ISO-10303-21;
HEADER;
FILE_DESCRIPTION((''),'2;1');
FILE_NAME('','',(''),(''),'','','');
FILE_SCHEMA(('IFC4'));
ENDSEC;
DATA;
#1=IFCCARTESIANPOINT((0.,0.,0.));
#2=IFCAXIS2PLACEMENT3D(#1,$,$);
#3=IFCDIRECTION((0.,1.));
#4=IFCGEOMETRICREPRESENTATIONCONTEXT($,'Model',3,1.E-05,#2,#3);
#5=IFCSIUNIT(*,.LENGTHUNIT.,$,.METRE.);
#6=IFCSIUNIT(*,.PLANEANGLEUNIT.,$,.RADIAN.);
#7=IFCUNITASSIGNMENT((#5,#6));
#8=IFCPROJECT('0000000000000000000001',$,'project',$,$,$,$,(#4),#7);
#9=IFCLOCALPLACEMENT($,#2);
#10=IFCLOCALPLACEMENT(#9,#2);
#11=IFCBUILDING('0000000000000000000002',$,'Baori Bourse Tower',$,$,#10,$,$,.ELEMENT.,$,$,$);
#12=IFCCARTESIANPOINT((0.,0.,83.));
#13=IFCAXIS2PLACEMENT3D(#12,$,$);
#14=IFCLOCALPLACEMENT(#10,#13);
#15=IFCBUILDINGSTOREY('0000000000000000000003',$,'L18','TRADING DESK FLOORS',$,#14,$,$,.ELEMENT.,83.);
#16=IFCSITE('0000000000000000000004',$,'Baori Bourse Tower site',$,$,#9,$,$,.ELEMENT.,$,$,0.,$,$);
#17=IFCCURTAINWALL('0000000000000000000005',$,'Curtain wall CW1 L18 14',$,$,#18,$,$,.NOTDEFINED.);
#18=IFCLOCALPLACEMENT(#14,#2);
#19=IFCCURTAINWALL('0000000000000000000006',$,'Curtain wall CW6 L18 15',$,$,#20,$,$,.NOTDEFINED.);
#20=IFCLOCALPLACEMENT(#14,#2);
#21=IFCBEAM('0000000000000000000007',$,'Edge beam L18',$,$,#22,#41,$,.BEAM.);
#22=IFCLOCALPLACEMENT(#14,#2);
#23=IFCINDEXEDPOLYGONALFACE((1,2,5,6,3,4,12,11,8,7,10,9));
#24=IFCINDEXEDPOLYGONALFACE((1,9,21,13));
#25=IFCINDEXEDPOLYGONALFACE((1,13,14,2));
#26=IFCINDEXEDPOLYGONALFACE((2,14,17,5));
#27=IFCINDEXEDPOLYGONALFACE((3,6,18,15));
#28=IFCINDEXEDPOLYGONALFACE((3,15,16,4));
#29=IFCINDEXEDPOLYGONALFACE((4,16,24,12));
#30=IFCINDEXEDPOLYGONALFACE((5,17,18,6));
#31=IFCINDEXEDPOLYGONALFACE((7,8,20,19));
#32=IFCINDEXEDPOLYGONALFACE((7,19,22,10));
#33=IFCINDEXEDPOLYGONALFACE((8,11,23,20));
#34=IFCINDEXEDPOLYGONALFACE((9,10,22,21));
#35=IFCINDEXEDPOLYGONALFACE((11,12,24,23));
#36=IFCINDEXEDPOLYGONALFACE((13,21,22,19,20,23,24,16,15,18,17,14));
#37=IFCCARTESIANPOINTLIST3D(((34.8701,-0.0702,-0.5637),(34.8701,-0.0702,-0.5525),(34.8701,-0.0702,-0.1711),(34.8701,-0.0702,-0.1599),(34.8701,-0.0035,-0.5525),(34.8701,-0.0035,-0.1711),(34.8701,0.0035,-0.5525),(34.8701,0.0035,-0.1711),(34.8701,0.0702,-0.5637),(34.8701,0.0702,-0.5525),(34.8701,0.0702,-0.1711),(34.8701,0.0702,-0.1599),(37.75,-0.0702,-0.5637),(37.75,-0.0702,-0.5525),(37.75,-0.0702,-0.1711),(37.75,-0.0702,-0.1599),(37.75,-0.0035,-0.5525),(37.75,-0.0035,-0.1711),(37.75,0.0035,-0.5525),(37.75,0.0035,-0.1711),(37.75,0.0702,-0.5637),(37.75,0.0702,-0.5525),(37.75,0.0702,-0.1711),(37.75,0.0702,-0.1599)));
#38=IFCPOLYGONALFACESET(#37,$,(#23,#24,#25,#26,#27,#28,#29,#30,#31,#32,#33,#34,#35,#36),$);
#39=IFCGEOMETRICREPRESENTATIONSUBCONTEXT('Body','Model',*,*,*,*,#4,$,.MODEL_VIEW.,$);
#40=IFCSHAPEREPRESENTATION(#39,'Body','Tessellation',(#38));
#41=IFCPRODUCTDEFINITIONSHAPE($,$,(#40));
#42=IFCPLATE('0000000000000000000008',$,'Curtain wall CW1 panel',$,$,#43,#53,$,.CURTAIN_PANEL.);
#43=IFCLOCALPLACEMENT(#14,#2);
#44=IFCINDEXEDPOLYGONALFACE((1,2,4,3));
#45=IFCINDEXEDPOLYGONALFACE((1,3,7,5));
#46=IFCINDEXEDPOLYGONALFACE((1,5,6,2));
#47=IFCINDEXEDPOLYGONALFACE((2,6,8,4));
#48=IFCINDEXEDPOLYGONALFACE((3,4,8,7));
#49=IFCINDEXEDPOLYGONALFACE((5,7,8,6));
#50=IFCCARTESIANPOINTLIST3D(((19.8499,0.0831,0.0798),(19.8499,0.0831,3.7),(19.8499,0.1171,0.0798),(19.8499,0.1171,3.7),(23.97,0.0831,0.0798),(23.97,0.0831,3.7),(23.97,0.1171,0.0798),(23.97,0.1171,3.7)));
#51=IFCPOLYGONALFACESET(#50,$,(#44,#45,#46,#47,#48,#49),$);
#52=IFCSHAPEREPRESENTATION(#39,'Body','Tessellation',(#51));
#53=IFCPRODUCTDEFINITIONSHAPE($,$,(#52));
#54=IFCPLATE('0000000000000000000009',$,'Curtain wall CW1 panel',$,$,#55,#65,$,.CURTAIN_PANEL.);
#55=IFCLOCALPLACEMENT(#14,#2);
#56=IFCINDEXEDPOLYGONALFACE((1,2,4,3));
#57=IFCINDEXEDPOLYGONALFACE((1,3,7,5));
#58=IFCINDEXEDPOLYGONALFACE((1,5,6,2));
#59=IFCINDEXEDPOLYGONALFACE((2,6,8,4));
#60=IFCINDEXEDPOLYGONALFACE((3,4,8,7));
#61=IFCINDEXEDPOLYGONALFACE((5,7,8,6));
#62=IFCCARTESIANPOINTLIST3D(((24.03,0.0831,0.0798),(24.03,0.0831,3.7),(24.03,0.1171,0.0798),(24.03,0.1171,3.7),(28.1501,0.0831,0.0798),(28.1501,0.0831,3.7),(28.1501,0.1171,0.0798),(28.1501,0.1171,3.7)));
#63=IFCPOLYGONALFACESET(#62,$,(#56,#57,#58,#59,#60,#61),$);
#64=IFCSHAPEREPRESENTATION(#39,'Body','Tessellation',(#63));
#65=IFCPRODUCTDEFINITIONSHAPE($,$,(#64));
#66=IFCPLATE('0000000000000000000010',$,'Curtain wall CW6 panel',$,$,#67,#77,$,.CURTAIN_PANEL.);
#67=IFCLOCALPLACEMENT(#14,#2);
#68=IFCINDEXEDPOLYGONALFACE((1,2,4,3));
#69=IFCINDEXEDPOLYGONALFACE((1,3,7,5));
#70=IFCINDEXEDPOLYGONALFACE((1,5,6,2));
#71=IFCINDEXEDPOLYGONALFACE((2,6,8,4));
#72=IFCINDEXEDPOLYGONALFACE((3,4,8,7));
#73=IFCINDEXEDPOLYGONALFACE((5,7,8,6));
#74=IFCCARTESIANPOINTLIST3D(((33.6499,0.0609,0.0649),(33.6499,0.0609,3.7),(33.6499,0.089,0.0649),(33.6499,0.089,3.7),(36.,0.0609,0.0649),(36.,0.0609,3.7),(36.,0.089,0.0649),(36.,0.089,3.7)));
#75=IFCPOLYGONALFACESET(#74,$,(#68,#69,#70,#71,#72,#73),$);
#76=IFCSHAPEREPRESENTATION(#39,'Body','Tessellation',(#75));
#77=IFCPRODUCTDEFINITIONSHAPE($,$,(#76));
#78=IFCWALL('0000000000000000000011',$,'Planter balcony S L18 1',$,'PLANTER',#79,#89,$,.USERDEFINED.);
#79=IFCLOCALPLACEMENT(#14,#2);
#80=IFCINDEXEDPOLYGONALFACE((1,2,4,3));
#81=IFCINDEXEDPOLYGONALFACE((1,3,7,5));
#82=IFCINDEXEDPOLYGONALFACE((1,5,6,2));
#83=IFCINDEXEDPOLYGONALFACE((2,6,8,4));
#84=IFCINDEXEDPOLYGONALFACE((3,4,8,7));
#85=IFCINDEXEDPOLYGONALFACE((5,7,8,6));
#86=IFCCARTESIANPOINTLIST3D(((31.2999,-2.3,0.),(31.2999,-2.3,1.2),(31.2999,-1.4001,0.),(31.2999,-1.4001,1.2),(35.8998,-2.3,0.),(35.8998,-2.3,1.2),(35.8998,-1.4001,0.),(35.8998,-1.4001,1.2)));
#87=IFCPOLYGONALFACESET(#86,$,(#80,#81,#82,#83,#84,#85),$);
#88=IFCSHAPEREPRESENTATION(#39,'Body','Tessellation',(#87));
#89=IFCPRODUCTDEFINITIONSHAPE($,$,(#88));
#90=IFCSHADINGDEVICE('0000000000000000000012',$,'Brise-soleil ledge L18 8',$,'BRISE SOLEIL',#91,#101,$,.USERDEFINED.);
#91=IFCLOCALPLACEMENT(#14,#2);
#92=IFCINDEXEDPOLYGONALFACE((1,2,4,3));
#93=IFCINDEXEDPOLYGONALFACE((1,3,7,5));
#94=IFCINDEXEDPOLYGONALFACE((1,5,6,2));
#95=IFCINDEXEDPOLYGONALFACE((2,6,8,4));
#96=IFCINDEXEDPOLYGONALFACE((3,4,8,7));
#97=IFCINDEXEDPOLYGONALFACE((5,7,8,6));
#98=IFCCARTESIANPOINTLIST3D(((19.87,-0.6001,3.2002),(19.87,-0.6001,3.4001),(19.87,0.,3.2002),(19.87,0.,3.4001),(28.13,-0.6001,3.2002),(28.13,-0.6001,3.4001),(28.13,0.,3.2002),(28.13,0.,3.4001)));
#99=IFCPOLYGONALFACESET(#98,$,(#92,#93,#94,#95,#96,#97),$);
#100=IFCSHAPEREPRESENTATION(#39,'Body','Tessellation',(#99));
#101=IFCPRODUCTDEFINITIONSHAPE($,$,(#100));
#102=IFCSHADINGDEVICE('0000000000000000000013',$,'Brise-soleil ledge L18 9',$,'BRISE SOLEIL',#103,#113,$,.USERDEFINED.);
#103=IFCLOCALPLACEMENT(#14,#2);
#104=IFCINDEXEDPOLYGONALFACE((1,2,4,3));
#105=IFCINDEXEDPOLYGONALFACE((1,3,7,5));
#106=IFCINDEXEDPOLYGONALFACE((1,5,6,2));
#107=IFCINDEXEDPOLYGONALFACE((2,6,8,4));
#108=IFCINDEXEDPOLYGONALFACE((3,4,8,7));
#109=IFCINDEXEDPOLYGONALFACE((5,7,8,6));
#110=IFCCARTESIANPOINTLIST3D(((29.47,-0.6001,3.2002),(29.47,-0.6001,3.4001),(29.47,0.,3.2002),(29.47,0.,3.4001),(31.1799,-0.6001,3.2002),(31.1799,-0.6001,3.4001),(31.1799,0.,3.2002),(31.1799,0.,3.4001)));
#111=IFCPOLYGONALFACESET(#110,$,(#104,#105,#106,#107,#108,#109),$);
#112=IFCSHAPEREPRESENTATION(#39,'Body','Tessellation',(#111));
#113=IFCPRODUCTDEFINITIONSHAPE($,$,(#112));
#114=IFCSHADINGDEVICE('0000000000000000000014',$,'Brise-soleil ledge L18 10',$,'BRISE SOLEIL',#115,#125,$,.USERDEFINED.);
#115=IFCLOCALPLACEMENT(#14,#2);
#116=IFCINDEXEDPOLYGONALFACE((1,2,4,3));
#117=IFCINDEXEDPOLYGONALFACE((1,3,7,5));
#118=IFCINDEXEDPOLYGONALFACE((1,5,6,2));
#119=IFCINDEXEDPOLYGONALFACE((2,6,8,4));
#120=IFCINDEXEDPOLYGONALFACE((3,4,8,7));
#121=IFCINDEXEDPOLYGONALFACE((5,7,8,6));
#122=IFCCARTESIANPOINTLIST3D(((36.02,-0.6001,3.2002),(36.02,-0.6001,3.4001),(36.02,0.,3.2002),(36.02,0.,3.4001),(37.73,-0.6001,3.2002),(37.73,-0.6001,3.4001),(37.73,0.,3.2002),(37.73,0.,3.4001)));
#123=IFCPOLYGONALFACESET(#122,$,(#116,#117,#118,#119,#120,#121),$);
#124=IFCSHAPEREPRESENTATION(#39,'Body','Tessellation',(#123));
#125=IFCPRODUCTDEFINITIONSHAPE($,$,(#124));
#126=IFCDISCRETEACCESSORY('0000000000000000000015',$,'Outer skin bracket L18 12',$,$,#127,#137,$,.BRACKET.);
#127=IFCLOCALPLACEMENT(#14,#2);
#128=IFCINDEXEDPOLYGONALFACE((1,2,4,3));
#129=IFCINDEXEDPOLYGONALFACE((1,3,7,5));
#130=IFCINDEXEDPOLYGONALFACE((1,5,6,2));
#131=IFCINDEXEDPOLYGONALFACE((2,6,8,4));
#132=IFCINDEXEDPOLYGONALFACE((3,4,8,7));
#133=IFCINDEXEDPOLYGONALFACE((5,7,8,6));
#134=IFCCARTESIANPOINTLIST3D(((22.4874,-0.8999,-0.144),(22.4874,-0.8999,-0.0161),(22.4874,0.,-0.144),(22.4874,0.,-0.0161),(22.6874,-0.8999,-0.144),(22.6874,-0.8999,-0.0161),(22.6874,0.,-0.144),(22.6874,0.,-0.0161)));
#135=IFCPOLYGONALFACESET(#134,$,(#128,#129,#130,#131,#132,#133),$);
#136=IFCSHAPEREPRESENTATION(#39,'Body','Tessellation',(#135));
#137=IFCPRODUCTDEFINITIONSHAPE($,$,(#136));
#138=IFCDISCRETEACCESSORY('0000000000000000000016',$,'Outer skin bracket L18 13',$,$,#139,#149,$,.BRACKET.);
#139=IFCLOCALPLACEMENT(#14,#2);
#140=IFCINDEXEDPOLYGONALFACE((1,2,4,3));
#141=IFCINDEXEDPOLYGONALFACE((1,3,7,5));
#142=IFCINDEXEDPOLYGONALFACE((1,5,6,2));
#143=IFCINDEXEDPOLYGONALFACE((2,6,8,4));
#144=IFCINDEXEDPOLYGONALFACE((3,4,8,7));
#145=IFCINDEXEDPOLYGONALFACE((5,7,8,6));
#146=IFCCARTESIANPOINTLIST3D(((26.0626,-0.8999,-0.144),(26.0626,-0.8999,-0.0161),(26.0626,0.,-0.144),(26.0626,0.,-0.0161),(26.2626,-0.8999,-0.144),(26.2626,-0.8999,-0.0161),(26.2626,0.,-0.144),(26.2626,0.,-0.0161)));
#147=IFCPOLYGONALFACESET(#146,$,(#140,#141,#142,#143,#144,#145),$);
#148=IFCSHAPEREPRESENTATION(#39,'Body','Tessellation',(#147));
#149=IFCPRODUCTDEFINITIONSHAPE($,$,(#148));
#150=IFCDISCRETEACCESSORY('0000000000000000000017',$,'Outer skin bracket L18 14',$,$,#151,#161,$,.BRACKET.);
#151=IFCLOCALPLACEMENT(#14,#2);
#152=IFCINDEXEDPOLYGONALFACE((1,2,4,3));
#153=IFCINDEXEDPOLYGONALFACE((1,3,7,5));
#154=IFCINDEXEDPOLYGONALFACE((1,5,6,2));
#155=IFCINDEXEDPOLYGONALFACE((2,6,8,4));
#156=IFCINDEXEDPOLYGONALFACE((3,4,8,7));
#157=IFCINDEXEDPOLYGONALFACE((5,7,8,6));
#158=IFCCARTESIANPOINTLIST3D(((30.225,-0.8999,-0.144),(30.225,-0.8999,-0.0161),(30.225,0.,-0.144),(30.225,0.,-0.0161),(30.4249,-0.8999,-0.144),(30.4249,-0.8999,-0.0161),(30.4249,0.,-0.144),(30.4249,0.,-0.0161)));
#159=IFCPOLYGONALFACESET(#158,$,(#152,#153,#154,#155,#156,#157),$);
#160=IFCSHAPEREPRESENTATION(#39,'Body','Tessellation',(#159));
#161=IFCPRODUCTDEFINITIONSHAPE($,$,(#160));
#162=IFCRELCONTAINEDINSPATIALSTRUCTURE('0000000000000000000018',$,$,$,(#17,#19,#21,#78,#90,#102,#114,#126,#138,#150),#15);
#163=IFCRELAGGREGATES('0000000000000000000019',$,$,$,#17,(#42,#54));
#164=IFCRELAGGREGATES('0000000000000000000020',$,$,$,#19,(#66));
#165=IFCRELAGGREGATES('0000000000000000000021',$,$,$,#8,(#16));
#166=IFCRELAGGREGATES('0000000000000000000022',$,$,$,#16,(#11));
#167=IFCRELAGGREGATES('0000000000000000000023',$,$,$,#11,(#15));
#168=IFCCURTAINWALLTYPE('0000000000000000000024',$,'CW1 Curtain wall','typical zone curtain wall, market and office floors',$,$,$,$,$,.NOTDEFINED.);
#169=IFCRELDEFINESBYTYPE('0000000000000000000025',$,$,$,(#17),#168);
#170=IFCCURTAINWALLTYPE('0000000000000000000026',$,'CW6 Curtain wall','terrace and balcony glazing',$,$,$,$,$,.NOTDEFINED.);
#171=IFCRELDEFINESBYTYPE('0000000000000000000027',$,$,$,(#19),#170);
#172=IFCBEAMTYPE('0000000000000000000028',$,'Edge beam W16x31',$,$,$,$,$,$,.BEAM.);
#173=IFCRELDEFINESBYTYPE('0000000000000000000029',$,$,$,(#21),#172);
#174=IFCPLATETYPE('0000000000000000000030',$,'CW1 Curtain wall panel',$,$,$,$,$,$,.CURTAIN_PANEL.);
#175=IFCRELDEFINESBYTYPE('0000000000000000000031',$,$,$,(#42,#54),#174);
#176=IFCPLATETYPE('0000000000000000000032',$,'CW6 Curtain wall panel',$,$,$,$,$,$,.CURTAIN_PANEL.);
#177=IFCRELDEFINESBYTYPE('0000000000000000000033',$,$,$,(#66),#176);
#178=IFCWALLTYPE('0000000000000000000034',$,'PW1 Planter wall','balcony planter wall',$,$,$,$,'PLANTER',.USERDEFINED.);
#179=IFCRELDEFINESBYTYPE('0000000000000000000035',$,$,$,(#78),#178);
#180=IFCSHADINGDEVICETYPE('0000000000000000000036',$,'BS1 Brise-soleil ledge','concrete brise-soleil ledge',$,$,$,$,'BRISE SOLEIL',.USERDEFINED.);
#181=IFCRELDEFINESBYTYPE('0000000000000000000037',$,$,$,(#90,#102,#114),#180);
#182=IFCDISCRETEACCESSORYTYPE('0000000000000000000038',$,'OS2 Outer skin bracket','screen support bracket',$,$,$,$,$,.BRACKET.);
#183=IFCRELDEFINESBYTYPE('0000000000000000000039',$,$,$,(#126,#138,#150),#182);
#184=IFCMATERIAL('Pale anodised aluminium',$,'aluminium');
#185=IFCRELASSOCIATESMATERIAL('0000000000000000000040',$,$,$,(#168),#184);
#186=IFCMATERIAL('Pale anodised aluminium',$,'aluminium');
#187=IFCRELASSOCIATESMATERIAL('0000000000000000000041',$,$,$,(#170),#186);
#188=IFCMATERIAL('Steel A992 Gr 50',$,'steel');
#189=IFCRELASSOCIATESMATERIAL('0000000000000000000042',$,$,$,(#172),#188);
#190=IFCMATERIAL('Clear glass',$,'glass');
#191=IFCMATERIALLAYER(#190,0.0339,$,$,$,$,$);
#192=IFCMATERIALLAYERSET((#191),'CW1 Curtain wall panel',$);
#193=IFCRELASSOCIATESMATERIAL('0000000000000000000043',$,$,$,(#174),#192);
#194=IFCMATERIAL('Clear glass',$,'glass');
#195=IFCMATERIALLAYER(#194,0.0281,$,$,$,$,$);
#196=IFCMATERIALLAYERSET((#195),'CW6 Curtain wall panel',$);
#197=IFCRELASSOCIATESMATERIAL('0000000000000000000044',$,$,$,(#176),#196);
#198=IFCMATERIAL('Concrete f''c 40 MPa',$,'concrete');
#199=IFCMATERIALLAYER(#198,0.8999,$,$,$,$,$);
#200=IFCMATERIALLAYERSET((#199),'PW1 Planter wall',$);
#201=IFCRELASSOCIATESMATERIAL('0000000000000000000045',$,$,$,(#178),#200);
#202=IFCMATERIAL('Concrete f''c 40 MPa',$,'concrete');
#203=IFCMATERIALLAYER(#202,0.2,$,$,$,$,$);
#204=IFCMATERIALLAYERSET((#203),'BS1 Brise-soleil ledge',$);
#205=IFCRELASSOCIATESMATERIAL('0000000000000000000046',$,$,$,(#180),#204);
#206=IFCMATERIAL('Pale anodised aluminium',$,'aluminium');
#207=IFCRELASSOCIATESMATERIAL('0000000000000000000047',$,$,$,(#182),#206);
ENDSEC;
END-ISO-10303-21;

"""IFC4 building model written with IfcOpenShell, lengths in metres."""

from ifc_helpers import new_model, si_unit, direction, frame, frame_2d, origin, origin_2d, place, context, subcontext, project, spatial, rectangle, i_section, extrude, material, layer, layer_set, material_profile, profile_set, type_object, element, aggregate, save


model = new_model("IFC4")

# Units and contexts
model_context = context("Model", 3, precision=1e-05, world=origin(), true_north=direction((0.0, 1.0)))
body_context = subcontext(model_context, "Body", "Model", "MODEL_VIEW")
ifc_project = project(units=[si_unit("LENGTHUNIT", "METRE"), si_unit("PLANEANGLEUNIT", "RADIAN")], contexts=[model_context])

# Site, building, storey
site_placement = place(None, origin())
site = spatial("IfcSite", under=ifc_project, at=site_placement, Name="Baori Bourse Tower site", CompositionType="ELEMENT", RefElevation=0.0)
building_placement = place(site_placement, origin())
building = spatial("IfcBuilding", under=site, at=building_placement, Name="Baori Bourse Tower", CompositionType="ELEMENT")
storey_placement = place(building_placement, frame((0.0, 0.0, 83.0)))
storey = spatial("IfcBuildingStorey", under=building, at=storey_placement, Name="L18", Description="TRADING DESK FLOORS", CompositionType="ELEMENT", Elevation=83.0)

# Curtain wall
ifc_material_1 = material(Name="Pale anodised aluminium", Category="aluminium")
curtain_wall_type_1 = type_object("IfcCurtainWallType", Name="CW1 Curtain wall", Description="typical zone curtain wall, market and office floors", PredefinedType="NOTDEFINED", material=ifc_material_1)
curtain_wall_1_placement = place(storey_placement, origin())
curtain_wall_1 = element("IfcCurtainWall", 1, at=curtain_wall_1_placement, inside=storey, type_object=curtain_wall_type_1, Name="Curtain wall CW1 L18 14", PredefinedType="NOTDEFINED")

# Curtain wall
ifc_material_2 = material(Name="Pale anodised aluminium", Category="aluminium")
curtain_wall_type_2 = type_object("IfcCurtainWallType", Name="CW6 Curtain wall", Description="terrace and balcony glazing", PredefinedType="NOTDEFINED", material=ifc_material_2)
curtain_wall_2_placement = place(storey_placement, origin())
curtain_wall_2 = element("IfcCurtainWall", 2, at=curtain_wall_2_placement, inside=storey, type_object=curtain_wall_type_2, Name="Curtain wall CW6 L18 15", PredefinedType="NOTDEFINED")

# Beam
ifc_material_3 = material(Name="Steel A992 Gr 50", Category="steel")
ifc_material_profile_1 = material_profile(ifc_material_3, i_section(OverallWidth=0.1404, OverallDepth=0.4038, WebThickness=0.0071, FlangeThickness=0.0112, at=origin_2d()), Name="W16x31")
ifc_profile_set_1 = profile_set([ifc_material_profile_1], Name="Steel A992 Gr 50")
beam_type_1 = type_object("IfcBeamType", Name="Edge beam W16x31", PredefinedType="BEAM", material=ifc_profile_set_1)
beam_1_placement = place(storey_placement, frame((34.8701, 0.0, -0.3618), z_axis=(1.0, 0.0, 0.0), x_axis=(0.0, 1.0, 0.0)))
element("IfcBeam", 3, at=beam_1_placement, inside=storey, type_object=beam_type_1, Name="Edge beam L18", PredefinedType="BEAM", context=body_context, shape_type="SweptSolid", body=[
    extrude(i_section(OverallWidth=0.1404, OverallDepth=0.4038, WebThickness=0.0071, FlangeThickness=0.0112, at=origin_2d()), origin(), (0.0, 0.0, 1.0), 2.8799),
])

# Plates
ifc_material_4 = material(Name="Clear glass", Category="glass")
ifc_layer_1 = layer(ifc_material_4, 0.0339)
ifc_layer_set_1 = layer_set([ifc_layer_1], Name="CW1 Curtain wall panel")
plate_type_1 = type_object("IfcPlateType", Name="CW1 Curtain wall panel", PredefinedType="CURTAIN_PANEL", material=ifc_layer_set_1)
plate_1_placement = place(storey_placement, frame((21.9099, 0.1001, 0.0798), z_axis=(0.0, 0.0, 1.0), x_axis=(1.0, 0.0, 0.0)))
plate_1 = element("IfcPlate", 4, at=plate_1_placement, type_object=plate_type_1, Name="Curtain wall CW1 panel", PredefinedType="CURTAIN_PANEL", context=body_context, shape_type="SweptSolid", body=[
    extrude(rectangle(XDim=4.1201, YDim=0.0339, at=origin_2d()), origin(), (0.0, 0.0, 1.0), 3.6201),
])
plate_2_placement = place(storey_placement, frame((26.0901, 0.1001, 0.0798), z_axis=(0.0, 0.0, 1.0), x_axis=(1.0, 0.0, 0.0)))
plate_2 = element("IfcPlate", 5, at=plate_2_placement, type_object=plate_type_1, Name="Curtain wall CW1 panel", PredefinedType="CURTAIN_PANEL", context=body_context, shape_type="SweptSolid", body=[
    extrude(rectangle(XDim=4.1201, YDim=0.0339, at=origin_2d()), origin(), (0.0, 0.0, 1.0), 3.6201),
])
aggregate(curtain_wall_1, [plate_1, plate_2])
ifc_material_5 = material(Name="Clear glass", Category="glass")
ifc_layer_2 = layer(ifc_material_5, 0.0281)
ifc_layer_set_2 = layer_set([ifc_layer_2], Name="CW6 Curtain wall panel")
plate_type_2 = type_object("IfcPlateType", Name="CW6 Curtain wall panel", PredefinedType="CURTAIN_PANEL", material=ifc_layer_set_2)
plate_3_placement = place(storey_placement, frame((34.825, 0.075, 0.0649), z_axis=(0.0, 0.0, 1.0), x_axis=(1.0, 0.0, 0.0)))
plate_3 = element("IfcPlate", 6, at=plate_3_placement, type_object=plate_type_2, Name="Curtain wall CW6 panel", PredefinedType="CURTAIN_PANEL", context=body_context, shape_type="SweptSolid", body=[
    extrude(rectangle(XDim=2.3501, YDim=0.0281, at=origin_2d()), origin(), (0.0, 0.0, 1.0), 3.635),
])
aggregate(curtain_wall_2, [plate_3])

# Wall
ifc_material_6 = material(Name="Concrete f'c 40 MPa", Category="concrete")
ifc_layer_3 = layer(ifc_material_6, 0.8999)
ifc_layer_set_3 = layer_set([ifc_layer_3], Name="PW1 Planter wall")
wall_type = type_object("IfcWallType", Name="PW1 Planter wall", Description="balcony planter wall", ElementType="PLANTER", PredefinedType="USERDEFINED", material=ifc_layer_set_3)
wall_placement = place(storey_placement, frame((31.3, -1.8501, 0.0), z_axis=(0.0, 0.0, 1.0), x_axis=(1.0, 0.0, 0.0)))
element("IfcWall", 7, at=wall_placement, inside=storey, type_object=wall_type, Name="Planter balcony S L18 1", ObjectType="PLANTER", PredefinedType="USERDEFINED", context=body_context, shape_type="SweptSolid", body=[
    extrude(rectangle(XDim=4.5999, YDim=0.8999, at=frame_2d((2.2998, 0.0))), origin(), (0.0, 0.0, 1.0), 1.2),
])

# Shading devices
ifc_material_7 = material(Name="Concrete f'c 40 MPa", Category="concrete")
ifc_layer_4 = layer(ifc_material_7, 0.2)
ifc_layer_set_4 = layer_set([ifc_layer_4], Name="BS1 Brise-soleil ledge")
shading_device_type = type_object("IfcShadingDeviceType", Name="BS1 Brise-soleil ledge", Description="concrete brise-soleil ledge", ElementType="BRISE SOLEIL", PredefinedType="USERDEFINED", material=ifc_layer_set_4)
shading_device_placement = place(storey_placement, frame((24.0, -0.3, 3.2002), z_axis=(0.0, 0.0, 1.0), x_axis=(1.0, 0.0, 0.0)))
element("IfcShadingDevice", 8, at=shading_device_placement, inside=storey, type_object=shading_device_type, Name="Brise-soleil ledge L18 8", ObjectType="BRISE SOLEIL", PredefinedType="USERDEFINED", context=body_context, shape_type="SweptSolid", body=[
    extrude(rectangle(XDim=8.26, YDim=0.6001, at=origin_2d()), origin(), (0.0, 0.0, 1.0), 0.2),
])
for number, where, z_axis, x_axis, name in (
    (9, (30.325, -0.3, 3.2002), (0.0, 0.0, 1.0), (1.0, 0.0, 0.0), "Brise-soleil ledge L18 9"),
    (10, (36.875, -0.3, 3.2002), (0.0, 0.0, 1.0), (1.0, 0.0, 0.0), "Brise-soleil ledge L18 10"),
):
    element("IfcShadingDevice", number, at=place(storey_placement, frame(where, z_axis=z_axis, x_axis=x_axis)), inside=storey, type_object=shading_device_type, Name=name, ObjectType="BRISE SOLEIL", PredefinedType="USERDEFINED", context=body_context, shape_type="SweptSolid", body=[
        extrude(rectangle(XDim=1.71, YDim=0.6001, at=origin_2d()), origin(), (0.0, 0.0, 1.0), 0.2),
    ])

# Discrete accessories
ifc_material_8 = material(Name="Pale anodised aluminium", Category="aluminium")
discrete_accessory_type = type_object("IfcDiscreteAccessoryType", Name="OS2 Outer skin bracket", Description="screen support bracket", PredefinedType="BRACKET", material=ifc_material_8)
for number, where, z_axis, x_axis, name in (
    (11, (22.5874, -0.45, -0.144), (0.0, 0.0, 1.0), (1.0, 0.0, 0.0), "Outer skin bracket L18 12"),
    (12, (26.1626, -0.45, -0.144), (0.0, 0.0, 1.0), (1.0, 0.0, 0.0), "Outer skin bracket L18 13"),
    (13, (30.325, -0.45, -0.144), (0.0, 0.0, 1.0), (1.0, 0.0, 0.0), "Outer skin bracket L18 14"),
):
    element("IfcDiscreteAccessory", number, at=place(storey_placement, frame(where, z_axis=z_axis, x_axis=x_axis)), inside=storey, type_object=discrete_accessory_type, Name=name, PredefinedType="BRACKET", context=body_context, shape_type="SweptSolid", body=[
        extrude(rectangle(XDim=0.2, YDim=0.8999, at=origin_2d()), origin(), (0.0, 0.0, 1.0), 0.1279),
    ])

save(model, "model.ifc")
